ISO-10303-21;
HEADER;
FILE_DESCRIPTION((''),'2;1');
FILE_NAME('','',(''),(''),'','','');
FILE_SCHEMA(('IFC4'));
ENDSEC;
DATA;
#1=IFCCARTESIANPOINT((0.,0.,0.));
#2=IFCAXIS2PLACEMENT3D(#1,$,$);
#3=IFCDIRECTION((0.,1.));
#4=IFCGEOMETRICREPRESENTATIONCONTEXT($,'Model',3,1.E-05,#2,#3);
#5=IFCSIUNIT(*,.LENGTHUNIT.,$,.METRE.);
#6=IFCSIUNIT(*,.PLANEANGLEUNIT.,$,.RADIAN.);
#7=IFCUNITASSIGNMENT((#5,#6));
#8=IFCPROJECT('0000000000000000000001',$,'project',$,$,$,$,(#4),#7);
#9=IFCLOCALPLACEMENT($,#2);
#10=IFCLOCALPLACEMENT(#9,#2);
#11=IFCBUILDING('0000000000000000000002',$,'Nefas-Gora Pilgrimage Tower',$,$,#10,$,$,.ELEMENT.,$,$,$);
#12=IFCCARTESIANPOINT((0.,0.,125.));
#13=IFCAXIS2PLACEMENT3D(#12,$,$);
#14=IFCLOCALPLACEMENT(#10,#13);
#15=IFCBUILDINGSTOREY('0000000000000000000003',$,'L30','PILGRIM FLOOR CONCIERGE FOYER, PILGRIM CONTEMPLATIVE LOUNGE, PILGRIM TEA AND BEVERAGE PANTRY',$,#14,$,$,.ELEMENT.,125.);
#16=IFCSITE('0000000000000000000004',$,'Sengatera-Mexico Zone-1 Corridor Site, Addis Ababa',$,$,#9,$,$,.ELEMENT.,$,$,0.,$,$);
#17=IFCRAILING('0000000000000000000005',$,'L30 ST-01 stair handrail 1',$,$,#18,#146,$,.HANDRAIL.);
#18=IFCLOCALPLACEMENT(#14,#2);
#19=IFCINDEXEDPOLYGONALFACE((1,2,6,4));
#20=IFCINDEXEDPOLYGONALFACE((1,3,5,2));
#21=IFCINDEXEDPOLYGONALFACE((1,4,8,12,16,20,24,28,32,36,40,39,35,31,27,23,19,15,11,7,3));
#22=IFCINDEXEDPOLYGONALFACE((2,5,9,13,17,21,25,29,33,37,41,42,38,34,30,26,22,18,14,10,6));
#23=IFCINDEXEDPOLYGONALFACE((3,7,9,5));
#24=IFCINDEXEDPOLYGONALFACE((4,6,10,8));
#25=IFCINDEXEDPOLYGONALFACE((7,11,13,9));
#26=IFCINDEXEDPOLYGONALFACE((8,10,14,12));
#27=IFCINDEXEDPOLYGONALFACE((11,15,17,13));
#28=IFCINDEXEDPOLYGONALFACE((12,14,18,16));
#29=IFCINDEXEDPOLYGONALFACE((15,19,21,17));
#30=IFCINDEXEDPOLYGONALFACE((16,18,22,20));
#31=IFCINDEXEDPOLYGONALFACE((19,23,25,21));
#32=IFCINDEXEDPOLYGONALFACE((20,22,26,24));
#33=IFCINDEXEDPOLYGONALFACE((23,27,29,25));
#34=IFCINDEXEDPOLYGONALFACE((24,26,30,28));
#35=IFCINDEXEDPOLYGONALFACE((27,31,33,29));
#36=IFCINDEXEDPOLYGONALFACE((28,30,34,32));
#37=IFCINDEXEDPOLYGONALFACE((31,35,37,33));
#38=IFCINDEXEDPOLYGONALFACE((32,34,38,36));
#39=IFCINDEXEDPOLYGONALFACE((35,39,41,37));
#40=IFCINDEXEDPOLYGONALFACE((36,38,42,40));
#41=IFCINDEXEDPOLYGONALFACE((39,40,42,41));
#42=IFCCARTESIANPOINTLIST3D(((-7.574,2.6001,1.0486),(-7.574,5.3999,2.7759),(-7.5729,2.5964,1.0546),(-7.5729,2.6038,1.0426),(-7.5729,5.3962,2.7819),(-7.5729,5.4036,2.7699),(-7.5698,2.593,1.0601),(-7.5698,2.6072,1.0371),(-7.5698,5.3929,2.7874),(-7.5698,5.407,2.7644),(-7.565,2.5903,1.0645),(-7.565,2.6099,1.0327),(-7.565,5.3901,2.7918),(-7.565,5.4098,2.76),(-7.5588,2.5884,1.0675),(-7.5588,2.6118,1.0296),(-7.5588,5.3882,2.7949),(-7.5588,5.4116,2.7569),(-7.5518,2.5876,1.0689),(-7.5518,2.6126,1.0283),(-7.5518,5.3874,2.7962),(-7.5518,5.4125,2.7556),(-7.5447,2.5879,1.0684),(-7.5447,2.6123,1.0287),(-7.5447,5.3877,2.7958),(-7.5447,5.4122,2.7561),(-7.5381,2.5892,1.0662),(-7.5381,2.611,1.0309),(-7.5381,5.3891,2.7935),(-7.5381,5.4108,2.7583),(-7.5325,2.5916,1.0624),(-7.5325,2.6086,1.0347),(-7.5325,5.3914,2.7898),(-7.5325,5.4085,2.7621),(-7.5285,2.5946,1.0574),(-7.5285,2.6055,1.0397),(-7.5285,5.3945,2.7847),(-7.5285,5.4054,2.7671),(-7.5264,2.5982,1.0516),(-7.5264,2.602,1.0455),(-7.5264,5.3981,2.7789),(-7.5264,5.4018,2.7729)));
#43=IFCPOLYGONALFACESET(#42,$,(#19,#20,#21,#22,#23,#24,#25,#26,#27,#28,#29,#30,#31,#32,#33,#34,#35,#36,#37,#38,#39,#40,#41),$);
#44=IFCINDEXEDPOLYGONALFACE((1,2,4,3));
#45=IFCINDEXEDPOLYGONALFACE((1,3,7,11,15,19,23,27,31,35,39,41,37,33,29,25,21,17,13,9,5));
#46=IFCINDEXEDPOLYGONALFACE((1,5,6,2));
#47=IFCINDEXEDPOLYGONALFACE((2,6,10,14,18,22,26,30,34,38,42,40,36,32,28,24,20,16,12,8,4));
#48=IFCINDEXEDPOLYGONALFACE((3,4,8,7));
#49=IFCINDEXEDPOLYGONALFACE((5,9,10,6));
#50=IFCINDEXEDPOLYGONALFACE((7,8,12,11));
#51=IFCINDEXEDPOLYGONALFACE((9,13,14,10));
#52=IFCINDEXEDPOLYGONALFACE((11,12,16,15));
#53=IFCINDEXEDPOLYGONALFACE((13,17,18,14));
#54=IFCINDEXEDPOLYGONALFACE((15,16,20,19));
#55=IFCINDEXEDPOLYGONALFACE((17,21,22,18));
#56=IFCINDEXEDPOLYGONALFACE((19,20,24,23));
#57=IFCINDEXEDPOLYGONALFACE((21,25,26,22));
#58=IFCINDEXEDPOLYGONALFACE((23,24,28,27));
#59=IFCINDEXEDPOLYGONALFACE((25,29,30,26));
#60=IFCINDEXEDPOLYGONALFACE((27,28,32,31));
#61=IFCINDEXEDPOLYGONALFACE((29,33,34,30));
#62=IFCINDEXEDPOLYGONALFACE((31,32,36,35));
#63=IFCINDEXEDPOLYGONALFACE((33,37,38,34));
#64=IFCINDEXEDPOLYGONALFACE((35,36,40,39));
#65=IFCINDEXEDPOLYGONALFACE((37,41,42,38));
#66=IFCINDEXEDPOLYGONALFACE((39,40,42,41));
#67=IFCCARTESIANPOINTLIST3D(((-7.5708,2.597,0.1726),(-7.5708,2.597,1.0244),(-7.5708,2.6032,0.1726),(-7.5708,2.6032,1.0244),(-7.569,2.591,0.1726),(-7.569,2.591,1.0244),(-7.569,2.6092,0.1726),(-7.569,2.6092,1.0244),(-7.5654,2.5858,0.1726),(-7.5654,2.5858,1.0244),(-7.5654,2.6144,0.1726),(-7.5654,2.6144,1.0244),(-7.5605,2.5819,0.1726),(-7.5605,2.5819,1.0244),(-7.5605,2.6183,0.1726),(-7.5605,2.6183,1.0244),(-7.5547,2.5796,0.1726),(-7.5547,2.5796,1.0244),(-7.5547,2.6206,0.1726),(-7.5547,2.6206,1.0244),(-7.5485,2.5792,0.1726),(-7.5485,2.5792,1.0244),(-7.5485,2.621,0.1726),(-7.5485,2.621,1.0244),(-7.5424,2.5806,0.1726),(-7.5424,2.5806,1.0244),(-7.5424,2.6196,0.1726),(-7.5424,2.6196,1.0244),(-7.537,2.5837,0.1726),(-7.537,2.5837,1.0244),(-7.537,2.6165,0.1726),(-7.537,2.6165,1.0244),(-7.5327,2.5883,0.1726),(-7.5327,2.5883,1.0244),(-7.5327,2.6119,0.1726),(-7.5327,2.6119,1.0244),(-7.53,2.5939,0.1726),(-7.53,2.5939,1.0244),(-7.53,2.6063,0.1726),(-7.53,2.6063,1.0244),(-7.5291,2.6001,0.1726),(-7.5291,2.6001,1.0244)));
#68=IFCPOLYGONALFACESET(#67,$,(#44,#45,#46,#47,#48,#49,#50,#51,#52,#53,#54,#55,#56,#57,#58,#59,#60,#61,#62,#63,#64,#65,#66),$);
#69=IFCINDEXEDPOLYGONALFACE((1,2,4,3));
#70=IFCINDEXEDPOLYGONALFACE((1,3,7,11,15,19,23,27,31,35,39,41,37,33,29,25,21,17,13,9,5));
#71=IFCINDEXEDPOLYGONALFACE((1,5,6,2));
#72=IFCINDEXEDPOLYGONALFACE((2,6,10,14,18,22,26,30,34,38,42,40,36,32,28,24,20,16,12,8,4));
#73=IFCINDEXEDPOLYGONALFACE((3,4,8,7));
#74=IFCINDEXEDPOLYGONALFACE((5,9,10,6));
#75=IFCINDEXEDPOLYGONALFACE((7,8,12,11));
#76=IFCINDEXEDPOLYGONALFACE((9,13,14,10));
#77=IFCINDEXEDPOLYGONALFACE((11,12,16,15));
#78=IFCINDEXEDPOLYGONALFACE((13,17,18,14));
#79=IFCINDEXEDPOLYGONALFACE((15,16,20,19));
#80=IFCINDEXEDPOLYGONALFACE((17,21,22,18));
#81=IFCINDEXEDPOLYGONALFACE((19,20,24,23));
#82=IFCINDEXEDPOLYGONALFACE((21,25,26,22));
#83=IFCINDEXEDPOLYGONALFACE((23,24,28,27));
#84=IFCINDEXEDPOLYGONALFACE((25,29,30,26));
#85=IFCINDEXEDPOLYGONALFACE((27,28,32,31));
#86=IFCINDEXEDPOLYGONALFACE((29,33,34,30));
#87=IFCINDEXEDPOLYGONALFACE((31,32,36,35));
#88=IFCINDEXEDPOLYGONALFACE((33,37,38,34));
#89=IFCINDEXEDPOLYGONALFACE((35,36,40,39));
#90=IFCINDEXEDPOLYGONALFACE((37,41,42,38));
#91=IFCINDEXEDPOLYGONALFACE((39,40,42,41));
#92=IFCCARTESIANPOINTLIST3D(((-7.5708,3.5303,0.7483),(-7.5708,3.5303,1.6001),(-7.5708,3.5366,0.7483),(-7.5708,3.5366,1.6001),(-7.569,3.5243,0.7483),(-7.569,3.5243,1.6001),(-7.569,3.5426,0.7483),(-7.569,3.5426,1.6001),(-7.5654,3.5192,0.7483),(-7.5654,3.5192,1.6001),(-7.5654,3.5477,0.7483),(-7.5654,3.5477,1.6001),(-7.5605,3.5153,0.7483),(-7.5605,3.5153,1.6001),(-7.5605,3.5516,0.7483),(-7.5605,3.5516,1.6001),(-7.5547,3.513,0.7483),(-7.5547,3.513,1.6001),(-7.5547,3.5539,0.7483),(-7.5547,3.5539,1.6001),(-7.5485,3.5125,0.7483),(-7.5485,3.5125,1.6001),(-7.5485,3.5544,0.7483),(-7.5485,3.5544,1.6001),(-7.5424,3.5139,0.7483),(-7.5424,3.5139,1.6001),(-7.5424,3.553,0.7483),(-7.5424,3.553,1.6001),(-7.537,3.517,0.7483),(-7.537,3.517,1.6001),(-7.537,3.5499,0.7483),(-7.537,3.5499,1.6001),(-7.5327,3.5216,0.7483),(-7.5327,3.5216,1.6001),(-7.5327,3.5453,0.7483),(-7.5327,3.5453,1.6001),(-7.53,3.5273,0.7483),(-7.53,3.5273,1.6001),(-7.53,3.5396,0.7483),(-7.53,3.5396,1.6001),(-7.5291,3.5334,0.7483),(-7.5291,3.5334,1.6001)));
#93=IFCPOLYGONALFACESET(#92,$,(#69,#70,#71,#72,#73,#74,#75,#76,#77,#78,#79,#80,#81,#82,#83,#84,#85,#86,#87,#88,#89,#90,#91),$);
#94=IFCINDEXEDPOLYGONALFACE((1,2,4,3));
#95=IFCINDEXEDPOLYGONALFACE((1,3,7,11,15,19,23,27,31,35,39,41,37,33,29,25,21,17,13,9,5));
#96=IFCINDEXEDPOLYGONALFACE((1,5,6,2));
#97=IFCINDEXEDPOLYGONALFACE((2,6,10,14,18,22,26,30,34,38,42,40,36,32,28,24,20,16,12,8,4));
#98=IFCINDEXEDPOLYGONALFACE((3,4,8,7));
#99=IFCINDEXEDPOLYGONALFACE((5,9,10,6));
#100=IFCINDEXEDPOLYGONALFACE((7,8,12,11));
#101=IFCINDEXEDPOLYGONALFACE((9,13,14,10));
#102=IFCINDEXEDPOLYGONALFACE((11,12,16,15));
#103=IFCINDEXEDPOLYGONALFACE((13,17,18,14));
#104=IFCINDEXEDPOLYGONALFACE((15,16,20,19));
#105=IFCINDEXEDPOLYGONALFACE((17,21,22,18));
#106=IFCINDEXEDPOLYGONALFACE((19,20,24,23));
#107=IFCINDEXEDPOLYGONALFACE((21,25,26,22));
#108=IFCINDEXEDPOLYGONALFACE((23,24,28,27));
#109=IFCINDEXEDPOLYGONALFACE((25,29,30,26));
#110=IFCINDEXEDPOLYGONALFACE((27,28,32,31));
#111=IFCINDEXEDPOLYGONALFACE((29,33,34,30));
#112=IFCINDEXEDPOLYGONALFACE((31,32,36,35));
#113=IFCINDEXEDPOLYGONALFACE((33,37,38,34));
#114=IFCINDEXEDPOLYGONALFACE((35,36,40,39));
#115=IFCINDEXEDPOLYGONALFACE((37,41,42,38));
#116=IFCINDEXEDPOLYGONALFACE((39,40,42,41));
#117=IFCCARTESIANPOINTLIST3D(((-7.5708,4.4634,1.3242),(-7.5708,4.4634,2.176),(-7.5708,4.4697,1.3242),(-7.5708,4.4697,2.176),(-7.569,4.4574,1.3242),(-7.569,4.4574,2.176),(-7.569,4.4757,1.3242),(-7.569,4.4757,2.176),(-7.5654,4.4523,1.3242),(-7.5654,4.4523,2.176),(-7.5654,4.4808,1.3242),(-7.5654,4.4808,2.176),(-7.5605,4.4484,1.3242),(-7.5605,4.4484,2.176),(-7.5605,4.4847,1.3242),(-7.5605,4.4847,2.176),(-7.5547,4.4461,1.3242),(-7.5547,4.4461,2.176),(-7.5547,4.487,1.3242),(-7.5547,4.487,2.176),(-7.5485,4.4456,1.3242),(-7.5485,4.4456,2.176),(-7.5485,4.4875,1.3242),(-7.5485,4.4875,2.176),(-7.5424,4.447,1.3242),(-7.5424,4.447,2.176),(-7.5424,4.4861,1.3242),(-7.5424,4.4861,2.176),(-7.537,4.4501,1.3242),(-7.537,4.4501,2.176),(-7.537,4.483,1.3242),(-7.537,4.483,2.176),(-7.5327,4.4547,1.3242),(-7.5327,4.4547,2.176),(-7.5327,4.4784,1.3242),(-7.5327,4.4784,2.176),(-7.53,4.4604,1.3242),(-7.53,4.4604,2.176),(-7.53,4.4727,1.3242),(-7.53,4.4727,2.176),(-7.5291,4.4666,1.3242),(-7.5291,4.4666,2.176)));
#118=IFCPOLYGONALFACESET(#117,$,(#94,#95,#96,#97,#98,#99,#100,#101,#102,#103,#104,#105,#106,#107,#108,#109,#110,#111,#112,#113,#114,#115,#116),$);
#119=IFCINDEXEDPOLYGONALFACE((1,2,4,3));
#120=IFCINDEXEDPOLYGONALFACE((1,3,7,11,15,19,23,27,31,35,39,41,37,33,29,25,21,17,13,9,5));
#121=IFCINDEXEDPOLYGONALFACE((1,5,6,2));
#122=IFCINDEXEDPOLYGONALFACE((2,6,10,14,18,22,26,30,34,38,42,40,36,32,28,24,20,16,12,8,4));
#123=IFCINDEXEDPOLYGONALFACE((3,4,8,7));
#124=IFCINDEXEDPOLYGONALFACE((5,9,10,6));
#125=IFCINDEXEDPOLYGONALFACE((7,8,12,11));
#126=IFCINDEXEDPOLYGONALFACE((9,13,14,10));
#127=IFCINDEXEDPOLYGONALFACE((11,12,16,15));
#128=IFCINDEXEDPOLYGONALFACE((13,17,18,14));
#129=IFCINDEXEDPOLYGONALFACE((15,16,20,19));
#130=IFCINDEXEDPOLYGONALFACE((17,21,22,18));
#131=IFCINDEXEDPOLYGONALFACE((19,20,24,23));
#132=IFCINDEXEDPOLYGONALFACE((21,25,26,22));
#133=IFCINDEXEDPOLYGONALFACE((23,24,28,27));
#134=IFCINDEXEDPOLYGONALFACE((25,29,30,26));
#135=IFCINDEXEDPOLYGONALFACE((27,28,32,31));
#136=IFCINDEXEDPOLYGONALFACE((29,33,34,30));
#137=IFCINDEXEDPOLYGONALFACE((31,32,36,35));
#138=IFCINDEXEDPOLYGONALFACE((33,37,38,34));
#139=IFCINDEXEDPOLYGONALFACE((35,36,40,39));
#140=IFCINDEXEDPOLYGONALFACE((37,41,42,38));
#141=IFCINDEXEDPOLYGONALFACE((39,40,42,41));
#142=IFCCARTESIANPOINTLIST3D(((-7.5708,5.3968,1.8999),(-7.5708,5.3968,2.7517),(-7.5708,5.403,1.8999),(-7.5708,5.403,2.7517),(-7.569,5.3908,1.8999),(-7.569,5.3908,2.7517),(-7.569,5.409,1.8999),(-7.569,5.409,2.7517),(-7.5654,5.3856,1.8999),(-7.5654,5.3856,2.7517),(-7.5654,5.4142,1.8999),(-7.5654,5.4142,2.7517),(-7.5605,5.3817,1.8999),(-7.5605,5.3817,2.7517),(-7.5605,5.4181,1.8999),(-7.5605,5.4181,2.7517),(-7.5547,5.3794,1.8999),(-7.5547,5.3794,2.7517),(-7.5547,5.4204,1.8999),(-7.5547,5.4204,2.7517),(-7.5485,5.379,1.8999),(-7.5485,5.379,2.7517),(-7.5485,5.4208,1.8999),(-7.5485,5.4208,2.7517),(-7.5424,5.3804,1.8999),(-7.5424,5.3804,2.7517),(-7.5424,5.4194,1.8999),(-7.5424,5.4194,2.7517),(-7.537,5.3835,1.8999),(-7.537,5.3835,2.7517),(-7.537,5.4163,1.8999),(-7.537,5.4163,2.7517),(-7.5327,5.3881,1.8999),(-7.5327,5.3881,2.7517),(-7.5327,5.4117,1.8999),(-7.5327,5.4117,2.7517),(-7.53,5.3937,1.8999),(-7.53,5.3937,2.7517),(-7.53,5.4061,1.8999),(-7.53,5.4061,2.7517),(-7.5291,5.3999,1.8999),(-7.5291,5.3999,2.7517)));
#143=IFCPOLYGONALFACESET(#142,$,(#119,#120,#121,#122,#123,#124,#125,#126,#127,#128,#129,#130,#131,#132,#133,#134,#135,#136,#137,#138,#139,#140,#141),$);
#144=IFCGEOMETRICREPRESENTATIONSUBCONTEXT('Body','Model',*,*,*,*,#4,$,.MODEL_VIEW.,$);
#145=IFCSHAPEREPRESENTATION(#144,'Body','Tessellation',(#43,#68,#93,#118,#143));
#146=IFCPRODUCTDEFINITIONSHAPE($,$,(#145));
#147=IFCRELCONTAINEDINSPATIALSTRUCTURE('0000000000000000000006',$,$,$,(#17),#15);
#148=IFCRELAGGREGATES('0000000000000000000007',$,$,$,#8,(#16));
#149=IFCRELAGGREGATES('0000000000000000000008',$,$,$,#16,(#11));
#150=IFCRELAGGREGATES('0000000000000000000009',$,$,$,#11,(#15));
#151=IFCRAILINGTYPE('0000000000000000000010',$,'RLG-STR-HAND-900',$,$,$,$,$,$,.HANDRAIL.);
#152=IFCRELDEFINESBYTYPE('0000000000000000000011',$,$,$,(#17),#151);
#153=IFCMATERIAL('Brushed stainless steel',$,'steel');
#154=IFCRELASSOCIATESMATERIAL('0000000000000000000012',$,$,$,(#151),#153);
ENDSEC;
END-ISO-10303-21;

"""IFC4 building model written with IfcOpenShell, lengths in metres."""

from ifc_helpers import new_model, si_unit, direction, frame, origin, origin_2d, place, context, subcontext, project, spatial, circle, extrude, material, type_object, element, save


model = new_model("IFC4")

# Units and contexts
model_context = context("Model", 3, precision=1e-05, world=origin(), true_north=direction((0.0, 1.0)))
body_context = subcontext(model_context, "Body", "Model", "MODEL_VIEW")
ifc_project = project(units=[si_unit("LENGTHUNIT", "METRE"), si_unit("PLANEANGLEUNIT", "RADIAN")], contexts=[model_context])

# Site, building, storey
site_placement = place(None, origin())
site = spatial("IfcSite", under=ifc_project, at=site_placement, Name="Sengatera-Mexico Zone-1 Corridor Site, Addis Ababa", CompositionType="ELEMENT", RefElevation=0.0)
building_placement = place(site_placement, origin())
building = spatial("IfcBuilding", under=site, at=building_placement, Name="Nefas-Gora Pilgrimage Tower", CompositionType="ELEMENT")
storey_placement = place(building_placement, frame((0.0, 0.0, 125.0)))
storey = spatial("IfcBuildingStorey", under=building, at=storey_placement, Name="L30", Description="PILGRIM FLOOR CONCIERGE FOYER, PILGRIM CONTEMPLATIVE LOUNGE, PILGRIM TEA AND BEVERAGE PANTRY", CompositionType="ELEMENT", Elevation=125.0)

# Railing
ifc_material_1 = material(Name="Brushed stainless steel", Category="steel")
railing_type_1 = type_object("IfcRailingType", Name="RLG-STR-HAND-900", PredefinedType="HANDRAIL", material=ifc_material_1)
railing_1_placement = place(storey_placement, frame((-7.55, 2.6001, 0.1726)))
element("IfcRailing", 1, at=railing_1_placement, inside=storey, type_object=railing_type_1, Name="L30 ST-01 stair handrail 1", PredefinedType="HANDRAIL", context=body_context, shape_type="SweptSolid", body=[
    extrude(circle(Radius=0.0239, at=origin_2d()), frame((0.0, 0.0, 0.876), z_axis=(0.0, 0.851069, 0.525054), x_axis=(-1.0, 0.0, 0.0)), (0.0, 0.0, 1.0), 3.2898),
    extrude(circle(Radius=0.021, at=origin_2d()), origin(), (0.0, 0.0, 1.0), 0.8518),
    extrude(circle(Radius=0.021, at=origin_2d()), frame((0.0, 0.9333, 0.5757)), (0.0, 0.0, 1.0), 0.8518),
    extrude(circle(Radius=0.021, at=origin_2d()), frame((0.0, 1.8665, 1.1516)), (0.0, 0.0, 1.0), 0.8518),
    extrude(circle(Radius=0.021, at=origin_2d()), frame((0.0, 2.7998, 1.7273)), (0.0, 0.0, 1.0), 0.8518),
])

save(model, "model.ifc")
